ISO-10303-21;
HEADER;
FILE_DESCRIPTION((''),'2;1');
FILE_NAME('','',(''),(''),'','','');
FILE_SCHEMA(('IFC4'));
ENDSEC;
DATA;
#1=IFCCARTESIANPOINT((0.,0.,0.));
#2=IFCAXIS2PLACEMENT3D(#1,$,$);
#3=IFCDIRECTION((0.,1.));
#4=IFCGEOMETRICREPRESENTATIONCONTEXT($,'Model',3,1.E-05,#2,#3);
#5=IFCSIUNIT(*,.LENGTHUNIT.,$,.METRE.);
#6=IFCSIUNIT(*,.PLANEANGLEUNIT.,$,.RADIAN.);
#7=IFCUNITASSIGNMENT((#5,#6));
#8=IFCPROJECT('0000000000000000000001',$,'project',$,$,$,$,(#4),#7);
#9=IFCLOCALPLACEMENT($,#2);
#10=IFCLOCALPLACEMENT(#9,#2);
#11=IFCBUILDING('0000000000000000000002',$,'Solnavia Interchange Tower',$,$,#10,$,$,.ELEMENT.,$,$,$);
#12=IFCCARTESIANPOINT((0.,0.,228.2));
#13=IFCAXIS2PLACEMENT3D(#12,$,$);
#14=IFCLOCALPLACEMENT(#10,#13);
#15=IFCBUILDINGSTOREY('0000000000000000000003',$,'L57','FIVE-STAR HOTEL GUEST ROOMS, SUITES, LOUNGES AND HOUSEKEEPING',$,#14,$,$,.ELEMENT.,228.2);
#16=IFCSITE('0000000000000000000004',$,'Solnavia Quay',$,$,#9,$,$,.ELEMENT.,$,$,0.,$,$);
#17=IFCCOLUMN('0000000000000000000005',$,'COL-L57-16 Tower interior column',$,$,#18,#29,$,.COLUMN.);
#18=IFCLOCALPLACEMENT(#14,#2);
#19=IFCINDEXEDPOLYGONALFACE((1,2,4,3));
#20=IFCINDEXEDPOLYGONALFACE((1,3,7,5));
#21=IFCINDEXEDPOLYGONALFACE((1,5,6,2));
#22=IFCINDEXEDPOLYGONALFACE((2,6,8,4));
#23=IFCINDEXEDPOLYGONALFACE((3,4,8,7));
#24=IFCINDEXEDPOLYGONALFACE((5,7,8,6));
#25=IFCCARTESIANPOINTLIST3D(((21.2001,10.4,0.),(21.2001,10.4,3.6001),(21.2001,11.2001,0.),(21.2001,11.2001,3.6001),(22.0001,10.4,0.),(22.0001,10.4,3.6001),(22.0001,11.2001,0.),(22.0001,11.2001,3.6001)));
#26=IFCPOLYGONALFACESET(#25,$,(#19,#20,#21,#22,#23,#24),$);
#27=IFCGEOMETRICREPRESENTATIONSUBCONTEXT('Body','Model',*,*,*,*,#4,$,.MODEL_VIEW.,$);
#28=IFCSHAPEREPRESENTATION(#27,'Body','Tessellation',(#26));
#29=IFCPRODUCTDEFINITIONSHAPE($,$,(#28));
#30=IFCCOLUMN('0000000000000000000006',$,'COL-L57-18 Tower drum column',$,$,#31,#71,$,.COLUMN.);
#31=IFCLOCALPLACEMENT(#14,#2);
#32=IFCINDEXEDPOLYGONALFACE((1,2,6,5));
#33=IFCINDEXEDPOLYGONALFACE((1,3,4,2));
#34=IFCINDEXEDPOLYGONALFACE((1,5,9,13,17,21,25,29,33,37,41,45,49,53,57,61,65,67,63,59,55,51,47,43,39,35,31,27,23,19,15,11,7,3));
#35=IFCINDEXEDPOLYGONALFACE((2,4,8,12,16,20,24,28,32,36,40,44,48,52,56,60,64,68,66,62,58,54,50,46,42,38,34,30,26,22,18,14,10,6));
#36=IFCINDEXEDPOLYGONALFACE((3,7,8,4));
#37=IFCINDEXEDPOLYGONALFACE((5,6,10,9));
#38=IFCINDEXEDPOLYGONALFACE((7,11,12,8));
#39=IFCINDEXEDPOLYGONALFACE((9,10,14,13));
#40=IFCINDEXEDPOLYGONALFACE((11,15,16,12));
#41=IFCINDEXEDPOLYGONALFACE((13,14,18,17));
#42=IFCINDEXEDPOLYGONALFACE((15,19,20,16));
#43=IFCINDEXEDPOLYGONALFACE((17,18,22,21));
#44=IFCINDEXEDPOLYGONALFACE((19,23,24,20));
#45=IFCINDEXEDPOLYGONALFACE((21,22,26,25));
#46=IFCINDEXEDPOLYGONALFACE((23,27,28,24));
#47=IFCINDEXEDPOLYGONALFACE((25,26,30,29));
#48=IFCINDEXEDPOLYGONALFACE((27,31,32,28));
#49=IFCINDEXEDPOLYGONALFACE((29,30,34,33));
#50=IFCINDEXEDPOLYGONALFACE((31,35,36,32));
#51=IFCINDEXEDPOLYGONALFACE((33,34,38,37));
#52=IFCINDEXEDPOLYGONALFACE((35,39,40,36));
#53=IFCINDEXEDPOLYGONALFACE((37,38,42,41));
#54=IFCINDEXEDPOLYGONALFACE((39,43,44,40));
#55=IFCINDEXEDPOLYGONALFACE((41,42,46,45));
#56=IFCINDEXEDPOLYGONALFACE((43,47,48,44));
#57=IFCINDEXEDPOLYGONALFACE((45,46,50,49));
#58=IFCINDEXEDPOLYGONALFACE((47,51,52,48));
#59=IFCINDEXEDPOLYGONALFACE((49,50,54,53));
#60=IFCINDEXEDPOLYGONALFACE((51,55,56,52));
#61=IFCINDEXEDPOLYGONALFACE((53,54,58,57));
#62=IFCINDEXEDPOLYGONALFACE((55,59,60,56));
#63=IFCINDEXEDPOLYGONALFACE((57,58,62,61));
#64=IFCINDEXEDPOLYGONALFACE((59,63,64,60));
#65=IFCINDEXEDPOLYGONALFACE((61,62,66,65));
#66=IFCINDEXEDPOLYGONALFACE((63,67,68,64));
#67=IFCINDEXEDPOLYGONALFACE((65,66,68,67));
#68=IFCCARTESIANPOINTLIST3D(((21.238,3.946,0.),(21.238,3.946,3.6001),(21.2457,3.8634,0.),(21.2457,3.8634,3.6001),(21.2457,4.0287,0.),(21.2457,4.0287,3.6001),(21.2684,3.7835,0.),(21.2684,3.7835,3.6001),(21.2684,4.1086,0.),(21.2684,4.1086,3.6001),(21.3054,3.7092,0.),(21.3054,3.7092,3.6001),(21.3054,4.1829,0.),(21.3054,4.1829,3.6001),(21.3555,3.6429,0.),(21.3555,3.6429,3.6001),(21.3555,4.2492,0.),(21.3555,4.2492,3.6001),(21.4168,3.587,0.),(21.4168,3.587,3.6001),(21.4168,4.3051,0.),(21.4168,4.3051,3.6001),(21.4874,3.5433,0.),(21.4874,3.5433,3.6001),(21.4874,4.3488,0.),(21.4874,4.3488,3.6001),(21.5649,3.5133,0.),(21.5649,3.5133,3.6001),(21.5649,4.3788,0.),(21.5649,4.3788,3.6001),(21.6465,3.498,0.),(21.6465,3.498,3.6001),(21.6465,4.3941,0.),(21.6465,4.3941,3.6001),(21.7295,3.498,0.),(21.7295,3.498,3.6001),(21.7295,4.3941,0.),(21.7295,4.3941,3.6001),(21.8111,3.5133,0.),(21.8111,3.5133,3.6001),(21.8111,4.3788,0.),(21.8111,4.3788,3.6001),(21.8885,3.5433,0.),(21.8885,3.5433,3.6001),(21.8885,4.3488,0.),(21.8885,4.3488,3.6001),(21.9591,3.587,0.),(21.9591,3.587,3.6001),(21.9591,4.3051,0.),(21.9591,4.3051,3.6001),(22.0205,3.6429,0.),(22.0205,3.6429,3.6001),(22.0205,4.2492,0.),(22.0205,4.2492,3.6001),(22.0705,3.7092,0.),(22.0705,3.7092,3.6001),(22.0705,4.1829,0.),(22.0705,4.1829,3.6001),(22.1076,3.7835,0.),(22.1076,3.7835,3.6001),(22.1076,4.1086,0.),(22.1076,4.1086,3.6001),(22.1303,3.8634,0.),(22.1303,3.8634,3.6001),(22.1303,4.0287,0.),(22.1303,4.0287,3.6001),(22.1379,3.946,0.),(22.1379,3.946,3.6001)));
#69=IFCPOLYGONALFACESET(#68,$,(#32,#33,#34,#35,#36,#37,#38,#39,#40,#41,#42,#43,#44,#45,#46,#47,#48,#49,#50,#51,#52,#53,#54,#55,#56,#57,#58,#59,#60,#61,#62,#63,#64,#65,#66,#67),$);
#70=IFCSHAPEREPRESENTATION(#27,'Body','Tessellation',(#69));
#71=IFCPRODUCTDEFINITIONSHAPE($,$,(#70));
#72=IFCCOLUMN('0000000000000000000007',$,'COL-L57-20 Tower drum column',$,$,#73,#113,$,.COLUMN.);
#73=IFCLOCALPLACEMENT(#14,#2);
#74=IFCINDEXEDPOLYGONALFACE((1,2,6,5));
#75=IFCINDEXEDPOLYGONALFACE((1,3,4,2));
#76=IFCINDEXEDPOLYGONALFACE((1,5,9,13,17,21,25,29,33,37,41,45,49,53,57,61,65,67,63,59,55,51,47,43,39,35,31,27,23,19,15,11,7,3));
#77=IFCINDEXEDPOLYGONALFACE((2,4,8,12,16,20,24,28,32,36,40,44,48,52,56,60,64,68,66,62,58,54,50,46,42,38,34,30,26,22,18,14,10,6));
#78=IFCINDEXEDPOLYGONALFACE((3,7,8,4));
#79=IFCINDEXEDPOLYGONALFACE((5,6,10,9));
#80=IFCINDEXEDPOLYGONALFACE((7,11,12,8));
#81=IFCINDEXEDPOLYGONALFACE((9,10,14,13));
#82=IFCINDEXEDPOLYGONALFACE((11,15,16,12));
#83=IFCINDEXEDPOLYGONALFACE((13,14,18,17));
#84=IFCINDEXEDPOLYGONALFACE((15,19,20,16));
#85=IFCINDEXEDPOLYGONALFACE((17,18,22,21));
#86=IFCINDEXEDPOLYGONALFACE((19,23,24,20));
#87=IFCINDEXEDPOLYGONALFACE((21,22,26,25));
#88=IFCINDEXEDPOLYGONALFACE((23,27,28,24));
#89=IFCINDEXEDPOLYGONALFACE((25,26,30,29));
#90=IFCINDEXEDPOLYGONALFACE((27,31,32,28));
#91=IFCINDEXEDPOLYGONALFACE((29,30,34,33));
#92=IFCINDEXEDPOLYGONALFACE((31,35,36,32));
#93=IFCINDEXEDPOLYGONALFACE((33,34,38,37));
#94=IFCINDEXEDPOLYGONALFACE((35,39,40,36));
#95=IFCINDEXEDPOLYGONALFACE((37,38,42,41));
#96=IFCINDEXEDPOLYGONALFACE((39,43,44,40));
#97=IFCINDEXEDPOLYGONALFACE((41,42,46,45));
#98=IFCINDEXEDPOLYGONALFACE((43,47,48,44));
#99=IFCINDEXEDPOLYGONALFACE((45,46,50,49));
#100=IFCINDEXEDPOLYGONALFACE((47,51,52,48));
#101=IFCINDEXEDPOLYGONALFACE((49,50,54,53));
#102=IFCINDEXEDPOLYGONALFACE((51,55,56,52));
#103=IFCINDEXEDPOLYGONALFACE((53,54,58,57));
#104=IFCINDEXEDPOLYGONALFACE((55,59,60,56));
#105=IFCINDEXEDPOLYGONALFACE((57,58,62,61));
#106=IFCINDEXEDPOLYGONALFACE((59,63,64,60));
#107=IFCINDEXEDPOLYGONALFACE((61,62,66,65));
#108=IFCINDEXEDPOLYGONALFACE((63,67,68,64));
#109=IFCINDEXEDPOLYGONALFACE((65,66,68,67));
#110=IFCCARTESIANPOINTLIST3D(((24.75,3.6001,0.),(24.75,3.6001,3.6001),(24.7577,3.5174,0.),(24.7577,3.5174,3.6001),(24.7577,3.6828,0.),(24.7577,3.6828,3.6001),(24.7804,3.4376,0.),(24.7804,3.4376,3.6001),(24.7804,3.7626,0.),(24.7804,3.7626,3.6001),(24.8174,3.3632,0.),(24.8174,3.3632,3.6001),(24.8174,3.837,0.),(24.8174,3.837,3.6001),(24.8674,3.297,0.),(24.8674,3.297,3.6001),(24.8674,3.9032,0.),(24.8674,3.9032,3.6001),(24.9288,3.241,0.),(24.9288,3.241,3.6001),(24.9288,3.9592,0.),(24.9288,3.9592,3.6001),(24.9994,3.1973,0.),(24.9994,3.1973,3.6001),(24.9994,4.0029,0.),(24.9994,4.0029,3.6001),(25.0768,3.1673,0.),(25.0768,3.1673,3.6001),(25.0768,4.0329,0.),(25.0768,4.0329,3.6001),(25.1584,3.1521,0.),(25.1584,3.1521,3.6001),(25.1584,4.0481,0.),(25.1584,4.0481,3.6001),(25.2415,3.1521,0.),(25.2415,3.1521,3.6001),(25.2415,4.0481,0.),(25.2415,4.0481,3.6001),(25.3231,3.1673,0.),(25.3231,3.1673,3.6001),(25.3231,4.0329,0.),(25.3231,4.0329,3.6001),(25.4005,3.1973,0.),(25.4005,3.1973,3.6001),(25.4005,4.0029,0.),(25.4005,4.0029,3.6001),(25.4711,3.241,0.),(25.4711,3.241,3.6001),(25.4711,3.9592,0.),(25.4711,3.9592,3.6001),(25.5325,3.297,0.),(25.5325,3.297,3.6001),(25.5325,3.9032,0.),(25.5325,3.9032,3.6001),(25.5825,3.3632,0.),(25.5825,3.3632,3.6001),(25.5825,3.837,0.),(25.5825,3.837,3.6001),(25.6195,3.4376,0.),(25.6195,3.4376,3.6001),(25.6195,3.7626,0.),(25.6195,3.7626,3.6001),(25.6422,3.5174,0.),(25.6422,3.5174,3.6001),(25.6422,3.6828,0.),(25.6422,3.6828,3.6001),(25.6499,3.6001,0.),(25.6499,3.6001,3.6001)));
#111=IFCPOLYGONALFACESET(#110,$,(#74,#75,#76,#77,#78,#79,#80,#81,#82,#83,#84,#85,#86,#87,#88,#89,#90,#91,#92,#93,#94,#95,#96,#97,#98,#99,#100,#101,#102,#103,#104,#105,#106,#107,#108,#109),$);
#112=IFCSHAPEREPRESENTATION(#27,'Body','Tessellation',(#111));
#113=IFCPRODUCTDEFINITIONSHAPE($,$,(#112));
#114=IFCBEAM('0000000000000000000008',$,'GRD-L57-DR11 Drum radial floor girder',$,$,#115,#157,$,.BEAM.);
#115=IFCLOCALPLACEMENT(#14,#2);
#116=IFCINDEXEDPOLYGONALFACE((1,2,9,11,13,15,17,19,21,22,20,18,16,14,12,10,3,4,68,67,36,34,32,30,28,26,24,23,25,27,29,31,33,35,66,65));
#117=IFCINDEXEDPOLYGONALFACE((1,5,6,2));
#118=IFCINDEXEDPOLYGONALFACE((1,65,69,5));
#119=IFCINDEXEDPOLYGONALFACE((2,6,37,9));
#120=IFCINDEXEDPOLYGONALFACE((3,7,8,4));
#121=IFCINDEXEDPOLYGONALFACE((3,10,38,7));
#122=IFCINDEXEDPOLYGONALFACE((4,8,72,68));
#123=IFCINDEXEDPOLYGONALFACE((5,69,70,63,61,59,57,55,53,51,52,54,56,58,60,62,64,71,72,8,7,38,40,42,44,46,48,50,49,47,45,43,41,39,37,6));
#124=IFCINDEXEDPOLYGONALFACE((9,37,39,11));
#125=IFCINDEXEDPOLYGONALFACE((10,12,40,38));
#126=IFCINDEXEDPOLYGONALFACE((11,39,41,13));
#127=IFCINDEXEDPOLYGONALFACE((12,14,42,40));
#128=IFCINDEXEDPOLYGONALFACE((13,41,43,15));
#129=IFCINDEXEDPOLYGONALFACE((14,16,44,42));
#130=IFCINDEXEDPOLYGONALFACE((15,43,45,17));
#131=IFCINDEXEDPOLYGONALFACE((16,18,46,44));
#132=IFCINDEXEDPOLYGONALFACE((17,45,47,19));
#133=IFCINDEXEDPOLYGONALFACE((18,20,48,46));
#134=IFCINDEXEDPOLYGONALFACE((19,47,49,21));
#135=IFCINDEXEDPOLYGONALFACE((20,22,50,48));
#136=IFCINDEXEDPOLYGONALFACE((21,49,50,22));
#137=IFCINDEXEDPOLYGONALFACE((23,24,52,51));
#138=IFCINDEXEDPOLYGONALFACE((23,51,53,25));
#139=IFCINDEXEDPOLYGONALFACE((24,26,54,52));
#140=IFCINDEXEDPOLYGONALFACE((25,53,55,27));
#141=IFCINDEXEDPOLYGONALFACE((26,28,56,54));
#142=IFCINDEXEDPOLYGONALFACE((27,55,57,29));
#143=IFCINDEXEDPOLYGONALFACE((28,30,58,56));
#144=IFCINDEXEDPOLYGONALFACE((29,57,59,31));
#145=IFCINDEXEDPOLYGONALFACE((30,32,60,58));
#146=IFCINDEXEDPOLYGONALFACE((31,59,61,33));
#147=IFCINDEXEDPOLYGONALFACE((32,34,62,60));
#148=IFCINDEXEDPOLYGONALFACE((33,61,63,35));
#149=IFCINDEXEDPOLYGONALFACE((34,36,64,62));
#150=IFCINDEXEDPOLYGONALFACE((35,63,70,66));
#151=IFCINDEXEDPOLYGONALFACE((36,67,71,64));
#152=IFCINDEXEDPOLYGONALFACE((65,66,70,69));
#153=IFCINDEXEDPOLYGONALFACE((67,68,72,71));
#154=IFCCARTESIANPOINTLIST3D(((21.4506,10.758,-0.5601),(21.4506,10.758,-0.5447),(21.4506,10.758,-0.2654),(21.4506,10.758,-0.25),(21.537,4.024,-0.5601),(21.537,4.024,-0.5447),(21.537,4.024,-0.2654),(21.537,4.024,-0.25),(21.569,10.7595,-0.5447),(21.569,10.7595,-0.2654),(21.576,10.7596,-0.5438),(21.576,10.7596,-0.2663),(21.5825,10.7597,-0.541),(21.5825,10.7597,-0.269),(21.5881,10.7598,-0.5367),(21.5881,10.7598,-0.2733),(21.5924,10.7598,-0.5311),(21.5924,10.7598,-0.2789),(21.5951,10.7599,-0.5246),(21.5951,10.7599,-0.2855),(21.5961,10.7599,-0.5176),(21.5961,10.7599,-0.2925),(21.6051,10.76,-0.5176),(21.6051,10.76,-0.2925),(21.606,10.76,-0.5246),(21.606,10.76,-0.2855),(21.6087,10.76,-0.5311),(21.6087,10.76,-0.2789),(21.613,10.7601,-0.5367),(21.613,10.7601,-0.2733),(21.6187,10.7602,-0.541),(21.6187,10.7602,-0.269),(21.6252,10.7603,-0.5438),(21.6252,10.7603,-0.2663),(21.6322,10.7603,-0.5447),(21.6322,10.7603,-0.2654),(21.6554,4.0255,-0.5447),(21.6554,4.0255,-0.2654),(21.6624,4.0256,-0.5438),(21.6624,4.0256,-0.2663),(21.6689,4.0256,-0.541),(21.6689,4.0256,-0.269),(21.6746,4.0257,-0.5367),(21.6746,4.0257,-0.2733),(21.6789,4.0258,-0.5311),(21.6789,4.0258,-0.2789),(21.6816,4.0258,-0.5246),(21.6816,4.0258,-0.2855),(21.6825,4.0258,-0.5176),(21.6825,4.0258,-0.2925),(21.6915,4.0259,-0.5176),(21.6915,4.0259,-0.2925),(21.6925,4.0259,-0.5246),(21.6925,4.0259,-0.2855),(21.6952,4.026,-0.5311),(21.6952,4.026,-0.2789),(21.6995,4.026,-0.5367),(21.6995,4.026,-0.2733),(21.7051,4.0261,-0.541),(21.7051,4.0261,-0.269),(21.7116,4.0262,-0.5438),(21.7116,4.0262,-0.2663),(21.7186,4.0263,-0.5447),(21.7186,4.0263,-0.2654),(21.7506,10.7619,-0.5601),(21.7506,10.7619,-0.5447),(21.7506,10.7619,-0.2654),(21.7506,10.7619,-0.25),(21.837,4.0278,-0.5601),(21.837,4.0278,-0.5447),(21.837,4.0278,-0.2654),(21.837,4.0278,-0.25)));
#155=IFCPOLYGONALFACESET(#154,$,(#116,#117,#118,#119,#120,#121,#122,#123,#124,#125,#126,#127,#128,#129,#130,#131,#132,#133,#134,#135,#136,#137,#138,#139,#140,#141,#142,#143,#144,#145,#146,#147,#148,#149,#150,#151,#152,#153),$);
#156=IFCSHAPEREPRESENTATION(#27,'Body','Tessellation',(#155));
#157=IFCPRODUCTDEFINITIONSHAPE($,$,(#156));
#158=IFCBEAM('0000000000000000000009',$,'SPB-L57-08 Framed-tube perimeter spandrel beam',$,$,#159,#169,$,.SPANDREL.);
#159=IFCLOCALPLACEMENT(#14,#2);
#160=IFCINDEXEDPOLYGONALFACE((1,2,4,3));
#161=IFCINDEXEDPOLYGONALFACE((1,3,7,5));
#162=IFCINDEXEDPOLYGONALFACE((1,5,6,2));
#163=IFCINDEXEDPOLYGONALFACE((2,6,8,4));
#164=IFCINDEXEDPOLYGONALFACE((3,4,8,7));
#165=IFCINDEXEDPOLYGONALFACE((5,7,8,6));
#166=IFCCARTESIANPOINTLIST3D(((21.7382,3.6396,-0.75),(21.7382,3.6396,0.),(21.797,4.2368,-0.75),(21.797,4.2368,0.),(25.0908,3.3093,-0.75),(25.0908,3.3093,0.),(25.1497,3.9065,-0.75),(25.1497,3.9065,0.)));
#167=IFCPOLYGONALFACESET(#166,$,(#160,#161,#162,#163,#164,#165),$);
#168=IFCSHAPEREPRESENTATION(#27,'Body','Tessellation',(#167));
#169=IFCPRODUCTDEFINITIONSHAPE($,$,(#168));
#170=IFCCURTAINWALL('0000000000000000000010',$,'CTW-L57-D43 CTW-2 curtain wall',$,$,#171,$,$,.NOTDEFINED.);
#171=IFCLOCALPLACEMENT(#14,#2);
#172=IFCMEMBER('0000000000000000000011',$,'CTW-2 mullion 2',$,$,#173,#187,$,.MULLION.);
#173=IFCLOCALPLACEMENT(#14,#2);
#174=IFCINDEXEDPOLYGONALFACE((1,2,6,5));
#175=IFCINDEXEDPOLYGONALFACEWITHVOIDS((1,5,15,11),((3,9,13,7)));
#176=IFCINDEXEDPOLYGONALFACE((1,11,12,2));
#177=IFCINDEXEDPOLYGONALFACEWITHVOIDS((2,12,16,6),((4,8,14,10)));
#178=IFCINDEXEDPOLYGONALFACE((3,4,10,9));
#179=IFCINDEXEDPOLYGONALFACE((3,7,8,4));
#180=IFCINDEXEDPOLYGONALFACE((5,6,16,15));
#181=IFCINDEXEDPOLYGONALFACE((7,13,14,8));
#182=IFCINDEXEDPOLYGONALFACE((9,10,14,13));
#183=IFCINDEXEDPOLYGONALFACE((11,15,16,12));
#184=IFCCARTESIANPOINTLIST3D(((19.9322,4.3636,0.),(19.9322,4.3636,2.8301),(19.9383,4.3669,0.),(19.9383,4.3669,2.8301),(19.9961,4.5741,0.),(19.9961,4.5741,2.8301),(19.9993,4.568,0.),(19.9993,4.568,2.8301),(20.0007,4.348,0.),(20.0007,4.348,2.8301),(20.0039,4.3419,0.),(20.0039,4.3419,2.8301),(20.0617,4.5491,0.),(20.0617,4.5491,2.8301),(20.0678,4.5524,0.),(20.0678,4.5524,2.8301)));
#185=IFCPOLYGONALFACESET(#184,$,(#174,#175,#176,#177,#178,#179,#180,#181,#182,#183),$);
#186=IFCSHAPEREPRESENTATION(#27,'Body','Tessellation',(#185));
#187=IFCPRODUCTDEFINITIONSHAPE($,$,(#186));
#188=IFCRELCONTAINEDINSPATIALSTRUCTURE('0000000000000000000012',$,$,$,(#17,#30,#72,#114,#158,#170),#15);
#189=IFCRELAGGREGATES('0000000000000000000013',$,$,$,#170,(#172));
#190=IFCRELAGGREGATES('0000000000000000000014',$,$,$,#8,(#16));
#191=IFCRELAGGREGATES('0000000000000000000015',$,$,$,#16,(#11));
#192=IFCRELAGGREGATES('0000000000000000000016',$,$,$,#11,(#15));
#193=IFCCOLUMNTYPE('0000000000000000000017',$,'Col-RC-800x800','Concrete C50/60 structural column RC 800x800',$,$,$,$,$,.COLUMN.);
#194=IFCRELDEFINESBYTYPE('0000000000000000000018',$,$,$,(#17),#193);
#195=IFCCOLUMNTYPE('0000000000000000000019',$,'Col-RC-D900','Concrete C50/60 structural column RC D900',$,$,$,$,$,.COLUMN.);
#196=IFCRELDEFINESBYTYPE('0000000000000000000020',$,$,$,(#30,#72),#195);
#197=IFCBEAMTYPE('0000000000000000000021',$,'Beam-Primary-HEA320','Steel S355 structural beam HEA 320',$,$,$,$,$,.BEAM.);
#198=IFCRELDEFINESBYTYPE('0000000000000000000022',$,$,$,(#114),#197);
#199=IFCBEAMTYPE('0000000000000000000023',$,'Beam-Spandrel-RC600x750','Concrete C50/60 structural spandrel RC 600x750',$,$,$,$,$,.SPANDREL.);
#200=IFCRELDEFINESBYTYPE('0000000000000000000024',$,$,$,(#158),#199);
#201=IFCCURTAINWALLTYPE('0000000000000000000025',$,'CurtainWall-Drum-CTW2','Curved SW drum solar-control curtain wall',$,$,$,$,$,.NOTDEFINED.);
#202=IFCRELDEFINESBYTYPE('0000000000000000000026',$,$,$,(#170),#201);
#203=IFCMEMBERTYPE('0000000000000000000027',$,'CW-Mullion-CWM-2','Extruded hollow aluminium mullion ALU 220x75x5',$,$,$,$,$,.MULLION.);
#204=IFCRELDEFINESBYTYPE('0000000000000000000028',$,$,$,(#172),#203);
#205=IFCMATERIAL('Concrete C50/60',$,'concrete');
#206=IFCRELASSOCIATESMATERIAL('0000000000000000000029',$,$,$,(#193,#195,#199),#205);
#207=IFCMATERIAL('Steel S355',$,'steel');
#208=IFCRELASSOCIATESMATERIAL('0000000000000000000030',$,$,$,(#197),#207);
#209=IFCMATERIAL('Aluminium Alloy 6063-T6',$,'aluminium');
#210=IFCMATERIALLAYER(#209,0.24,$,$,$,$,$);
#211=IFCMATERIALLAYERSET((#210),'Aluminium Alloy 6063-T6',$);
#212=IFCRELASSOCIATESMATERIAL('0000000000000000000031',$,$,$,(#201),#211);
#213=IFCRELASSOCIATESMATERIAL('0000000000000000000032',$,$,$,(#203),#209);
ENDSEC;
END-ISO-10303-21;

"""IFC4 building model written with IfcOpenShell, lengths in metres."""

from ifc_helpers import new_model, si_unit, direction, frame, origin, origin_2d, place, context, subcontext, project, spatial, rectangle, hollow_rectangle, circle, i_section, extrude, material, layer, layer_set, material_profile, profile_set, type_object, element, aggregate, save


model = new_model("IFC4")

# Units and contexts
model_context = context("Model", 3, precision=1e-05, world=origin(), true_north=direction((0.0, 1.0)))
body_context = subcontext(model_context, "Body", "Model", "MODEL_VIEW")
ifc_project = project(units=[si_unit("LENGTHUNIT", "METRE"), si_unit("PLANEANGLEUNIT", "RADIAN")], contexts=[model_context])

# Site, building, storey
site_placement = place(None, origin())
site = spatial("IfcSite", under=ifc_project, at=site_placement, Name="Solnavia Quay", CompositionType="ELEMENT", RefElevation=0.0)
building_placement = place(site_placement, origin())
building = spatial("IfcBuilding", under=site, at=building_placement, Name="Solnavia Interchange Tower", CompositionType="ELEMENT")
storey_placement = place(building_placement, frame((0.0, 0.0, 228.2)))
storey = spatial("IfcBuildingStorey", under=building, at=storey_placement, Name="L57", Description="FIVE-STAR HOTEL GUEST ROOMS, SUITES, LOUNGES AND HOUSEKEEPING", CompositionType="ELEMENT", Elevation=228.2)

# Columns
ifc_material_1 = material(Name="Concrete C50/60", Category="concrete")
ifc_material_profile_1 = material_profile(ifc_material_1, rectangle(XDim=0.8, YDim=0.8, at=origin_2d()), Name="RC 800x800")
ifc_profile_set_1 = profile_set([ifc_material_profile_1], Name="Concrete C50/60")
column_type_1 = type_object("IfcColumnType", Name="Col-RC-800x800", Description="Concrete C50/60 structural column RC 800x800", PredefinedType="COLUMN", material=ifc_profile_set_1)
column_placement = place(storey_placement, frame((21.6001, 10.8, 0.0), z_axis=(0.0, 0.0, 1.0), x_axis=(1.0, 0.0, 0.0)))
element("IfcColumn", 1, at=column_placement, inside=storey, type_object=column_type_1, Name="COL-L57-16 Tower interior column", PredefinedType="COLUMN", context=body_context, shape_type="SweptSolid", body=[
    extrude(rectangle(XDim=0.8, YDim=0.8, at=origin_2d()), origin(), (0.0, 0.0, 1.0), 3.6001),
])
ifc_material_profile_2 = material_profile(ifc_material_1, circle(Radius=0.45, at=origin_2d()), Name="RC D900")
ifc_profile_set_2 = profile_set([ifc_material_profile_2], Name="Concrete C50/60")
column_type_2 = type_object("IfcColumnType", Name="Col-RC-D900", Description="Concrete C50/60 structural column RC D900", PredefinedType="COLUMN", material=ifc_profile_set_2)
for number, where, z_axis, x_axis, name in (
    (2, (21.688, 3.946, 0.0), (0.0, 0.0, 1.0), (1.0, 0.0, 0.0), "COL-L57-18 Tower drum column"),
    (3, (25.2, 3.6001, 0.0), (0.0, 0.0, 1.0), (1.0, 0.0, 0.0), "COL-L57-20 Tower drum column"),
):
    element("IfcColumn", number, at=place(storey_placement, frame(where, z_axis=z_axis, x_axis=x_axis)), inside=storey, type_object=column_type_2, Name=name, PredefinedType="COLUMN", context=body_context, shape_type="SweptSolid", body=[
        extrude(circle(Radius=0.45, at=origin_2d()), origin(), (0.0, 0.0, 1.0), 3.6001),
    ])

# Beams
ifc_material_2 = material(Name="Steel S355", Category="steel")
ifc_material_profile_3 = material_profile(ifc_material_2, i_section(OverallWidth=0.3, OverallDepth=0.3101, WebThickness=0.009, FlangeThickness=0.0154, FilletRadius=0.0271, at=origin_2d()), Name="HEA 320")
ifc_profile_set_3 = profile_set([ifc_material_profile_3], Name="Steel S355")
beam_type_1 = type_object("IfcBeamType", Name="Beam-Primary-HEA320", Description="Steel S355 structural beam HEA 320", PredefinedType="BEAM", material=ifc_profile_set_3)
beam_1_placement = place(storey_placement, frame((21.687, 4.0259, -0.405), z_axis=(-0.012833, 0.999918, 0.0), x_axis=(-0.999918, -0.012833, 0.0)))
element("IfcBeam", 4, at=beam_1_placement, inside=storey, type_object=beam_type_1, Name="GRD-L57-DR11 Drum radial floor girder", PredefinedType="BEAM", context=body_context, shape_type="SweptSolid", body=[
    extrude(i_section(OverallWidth=0.3, OverallDepth=0.3101, WebThickness=0.009, FlangeThickness=0.0154, FilletRadius=0.0271, at=origin_2d()), origin(), (0.0, 0.0, 1.0), 6.7346),
])
ifc_material_profile_4 = material_profile(ifc_material_1, rectangle(XDim=0.6001, YDim=0.75, at=origin_2d()), Name="RC 600x750")
ifc_profile_set_4 = profile_set([ifc_material_profile_4], Name="Concrete C50/60")
beam_type_2 = type_object("IfcBeamType", Name="Beam-Spandrel-RC600x750", Description="Concrete C50/60 structural spandrel RC 600x750", PredefinedType="SPANDREL", material=ifc_profile_set_4)
beam_2_placement = place(storey_placement, frame((21.7676, 3.9382, -0.375), z_axis=(0.995182, -0.098047, 0.0), x_axis=(0.098047, 0.995182, 0.0)))
element("IfcBeam", 5, at=beam_2_placement, inside=storey, type_object=beam_type_2, Name="SPB-L57-08 Framed-tube perimeter spandrel beam", PredefinedType="SPANDREL", context=body_context, shape_type="SweptSolid", body=[
    extrude(rectangle(XDim=0.6001, YDim=0.75, at=origin_2d()), origin(), (0.0, 0.0, 1.0), 3.3689),
])

# Curtain wall, member
ifc_material_3 = material(Name="Aluminium Alloy 6063-T6", Category="aluminium")
ifc_layer_1 = layer(ifc_material_3, 0.24)
ifc_layer_set_1 = layer_set([ifc_layer_1], Name="Aluminium Alloy 6063-T6")
curtain_wall_type = type_object("IfcCurtainWallType", Name="CurtainWall-Drum-CTW2", Description="Curved SW drum solar-control curtain wall", PredefinedType="NOTDEFINED", material=ifc_layer_set_1)
curtain_wall_placement = place(storey_placement, origin())
curtain_wall = element("IfcCurtainWall", 6, at=curtain_wall_placement, inside=storey, type_object=curtain_wall_type, Name="CTW-L57-D43 CTW-2 curtain wall", PredefinedType="NOTDEFINED")
ifc_material_profile_5 = material_profile(ifc_material_3, hollow_rectangle(XDim=0.075, YDim=0.22, WallThickness=0.0049, at=origin_2d()), Name="ALU 220x75x5")
ifc_profile_set_5 = profile_set([ifc_material_profile_5], Name="Aluminium Alloy 6063-T6")
member_type_1 = type_object("IfcMemberType", Name="CW-Mullion-CWM-2", Description="Extruded hollow aluminium mullion ALU 220x75x5", PredefinedType="MULLION", material=ifc_profile_set_5)
member_1_placement = place(storey_placement, frame((20.0, 4.458, 0.0), z_axis=(0.0, 0.0, 1.0), x_axis=(0.956942, -0.290279, 0.0)))
member_1 = element("IfcMember", 7, at=member_1_placement, type_object=member_type_1, Name="CTW-2 mullion 2", PredefinedType="MULLION", context=body_context, shape_type="SweptSolid", body=[
    extrude(hollow_rectangle(XDim=0.075, YDim=0.22, WallThickness=0.0049, at=origin_2d()), origin(), (0.0, 0.0, 1.0), 2.8301),
])
aggregate(curtain_wall, [member_1])

save(model, "model.ifc")
